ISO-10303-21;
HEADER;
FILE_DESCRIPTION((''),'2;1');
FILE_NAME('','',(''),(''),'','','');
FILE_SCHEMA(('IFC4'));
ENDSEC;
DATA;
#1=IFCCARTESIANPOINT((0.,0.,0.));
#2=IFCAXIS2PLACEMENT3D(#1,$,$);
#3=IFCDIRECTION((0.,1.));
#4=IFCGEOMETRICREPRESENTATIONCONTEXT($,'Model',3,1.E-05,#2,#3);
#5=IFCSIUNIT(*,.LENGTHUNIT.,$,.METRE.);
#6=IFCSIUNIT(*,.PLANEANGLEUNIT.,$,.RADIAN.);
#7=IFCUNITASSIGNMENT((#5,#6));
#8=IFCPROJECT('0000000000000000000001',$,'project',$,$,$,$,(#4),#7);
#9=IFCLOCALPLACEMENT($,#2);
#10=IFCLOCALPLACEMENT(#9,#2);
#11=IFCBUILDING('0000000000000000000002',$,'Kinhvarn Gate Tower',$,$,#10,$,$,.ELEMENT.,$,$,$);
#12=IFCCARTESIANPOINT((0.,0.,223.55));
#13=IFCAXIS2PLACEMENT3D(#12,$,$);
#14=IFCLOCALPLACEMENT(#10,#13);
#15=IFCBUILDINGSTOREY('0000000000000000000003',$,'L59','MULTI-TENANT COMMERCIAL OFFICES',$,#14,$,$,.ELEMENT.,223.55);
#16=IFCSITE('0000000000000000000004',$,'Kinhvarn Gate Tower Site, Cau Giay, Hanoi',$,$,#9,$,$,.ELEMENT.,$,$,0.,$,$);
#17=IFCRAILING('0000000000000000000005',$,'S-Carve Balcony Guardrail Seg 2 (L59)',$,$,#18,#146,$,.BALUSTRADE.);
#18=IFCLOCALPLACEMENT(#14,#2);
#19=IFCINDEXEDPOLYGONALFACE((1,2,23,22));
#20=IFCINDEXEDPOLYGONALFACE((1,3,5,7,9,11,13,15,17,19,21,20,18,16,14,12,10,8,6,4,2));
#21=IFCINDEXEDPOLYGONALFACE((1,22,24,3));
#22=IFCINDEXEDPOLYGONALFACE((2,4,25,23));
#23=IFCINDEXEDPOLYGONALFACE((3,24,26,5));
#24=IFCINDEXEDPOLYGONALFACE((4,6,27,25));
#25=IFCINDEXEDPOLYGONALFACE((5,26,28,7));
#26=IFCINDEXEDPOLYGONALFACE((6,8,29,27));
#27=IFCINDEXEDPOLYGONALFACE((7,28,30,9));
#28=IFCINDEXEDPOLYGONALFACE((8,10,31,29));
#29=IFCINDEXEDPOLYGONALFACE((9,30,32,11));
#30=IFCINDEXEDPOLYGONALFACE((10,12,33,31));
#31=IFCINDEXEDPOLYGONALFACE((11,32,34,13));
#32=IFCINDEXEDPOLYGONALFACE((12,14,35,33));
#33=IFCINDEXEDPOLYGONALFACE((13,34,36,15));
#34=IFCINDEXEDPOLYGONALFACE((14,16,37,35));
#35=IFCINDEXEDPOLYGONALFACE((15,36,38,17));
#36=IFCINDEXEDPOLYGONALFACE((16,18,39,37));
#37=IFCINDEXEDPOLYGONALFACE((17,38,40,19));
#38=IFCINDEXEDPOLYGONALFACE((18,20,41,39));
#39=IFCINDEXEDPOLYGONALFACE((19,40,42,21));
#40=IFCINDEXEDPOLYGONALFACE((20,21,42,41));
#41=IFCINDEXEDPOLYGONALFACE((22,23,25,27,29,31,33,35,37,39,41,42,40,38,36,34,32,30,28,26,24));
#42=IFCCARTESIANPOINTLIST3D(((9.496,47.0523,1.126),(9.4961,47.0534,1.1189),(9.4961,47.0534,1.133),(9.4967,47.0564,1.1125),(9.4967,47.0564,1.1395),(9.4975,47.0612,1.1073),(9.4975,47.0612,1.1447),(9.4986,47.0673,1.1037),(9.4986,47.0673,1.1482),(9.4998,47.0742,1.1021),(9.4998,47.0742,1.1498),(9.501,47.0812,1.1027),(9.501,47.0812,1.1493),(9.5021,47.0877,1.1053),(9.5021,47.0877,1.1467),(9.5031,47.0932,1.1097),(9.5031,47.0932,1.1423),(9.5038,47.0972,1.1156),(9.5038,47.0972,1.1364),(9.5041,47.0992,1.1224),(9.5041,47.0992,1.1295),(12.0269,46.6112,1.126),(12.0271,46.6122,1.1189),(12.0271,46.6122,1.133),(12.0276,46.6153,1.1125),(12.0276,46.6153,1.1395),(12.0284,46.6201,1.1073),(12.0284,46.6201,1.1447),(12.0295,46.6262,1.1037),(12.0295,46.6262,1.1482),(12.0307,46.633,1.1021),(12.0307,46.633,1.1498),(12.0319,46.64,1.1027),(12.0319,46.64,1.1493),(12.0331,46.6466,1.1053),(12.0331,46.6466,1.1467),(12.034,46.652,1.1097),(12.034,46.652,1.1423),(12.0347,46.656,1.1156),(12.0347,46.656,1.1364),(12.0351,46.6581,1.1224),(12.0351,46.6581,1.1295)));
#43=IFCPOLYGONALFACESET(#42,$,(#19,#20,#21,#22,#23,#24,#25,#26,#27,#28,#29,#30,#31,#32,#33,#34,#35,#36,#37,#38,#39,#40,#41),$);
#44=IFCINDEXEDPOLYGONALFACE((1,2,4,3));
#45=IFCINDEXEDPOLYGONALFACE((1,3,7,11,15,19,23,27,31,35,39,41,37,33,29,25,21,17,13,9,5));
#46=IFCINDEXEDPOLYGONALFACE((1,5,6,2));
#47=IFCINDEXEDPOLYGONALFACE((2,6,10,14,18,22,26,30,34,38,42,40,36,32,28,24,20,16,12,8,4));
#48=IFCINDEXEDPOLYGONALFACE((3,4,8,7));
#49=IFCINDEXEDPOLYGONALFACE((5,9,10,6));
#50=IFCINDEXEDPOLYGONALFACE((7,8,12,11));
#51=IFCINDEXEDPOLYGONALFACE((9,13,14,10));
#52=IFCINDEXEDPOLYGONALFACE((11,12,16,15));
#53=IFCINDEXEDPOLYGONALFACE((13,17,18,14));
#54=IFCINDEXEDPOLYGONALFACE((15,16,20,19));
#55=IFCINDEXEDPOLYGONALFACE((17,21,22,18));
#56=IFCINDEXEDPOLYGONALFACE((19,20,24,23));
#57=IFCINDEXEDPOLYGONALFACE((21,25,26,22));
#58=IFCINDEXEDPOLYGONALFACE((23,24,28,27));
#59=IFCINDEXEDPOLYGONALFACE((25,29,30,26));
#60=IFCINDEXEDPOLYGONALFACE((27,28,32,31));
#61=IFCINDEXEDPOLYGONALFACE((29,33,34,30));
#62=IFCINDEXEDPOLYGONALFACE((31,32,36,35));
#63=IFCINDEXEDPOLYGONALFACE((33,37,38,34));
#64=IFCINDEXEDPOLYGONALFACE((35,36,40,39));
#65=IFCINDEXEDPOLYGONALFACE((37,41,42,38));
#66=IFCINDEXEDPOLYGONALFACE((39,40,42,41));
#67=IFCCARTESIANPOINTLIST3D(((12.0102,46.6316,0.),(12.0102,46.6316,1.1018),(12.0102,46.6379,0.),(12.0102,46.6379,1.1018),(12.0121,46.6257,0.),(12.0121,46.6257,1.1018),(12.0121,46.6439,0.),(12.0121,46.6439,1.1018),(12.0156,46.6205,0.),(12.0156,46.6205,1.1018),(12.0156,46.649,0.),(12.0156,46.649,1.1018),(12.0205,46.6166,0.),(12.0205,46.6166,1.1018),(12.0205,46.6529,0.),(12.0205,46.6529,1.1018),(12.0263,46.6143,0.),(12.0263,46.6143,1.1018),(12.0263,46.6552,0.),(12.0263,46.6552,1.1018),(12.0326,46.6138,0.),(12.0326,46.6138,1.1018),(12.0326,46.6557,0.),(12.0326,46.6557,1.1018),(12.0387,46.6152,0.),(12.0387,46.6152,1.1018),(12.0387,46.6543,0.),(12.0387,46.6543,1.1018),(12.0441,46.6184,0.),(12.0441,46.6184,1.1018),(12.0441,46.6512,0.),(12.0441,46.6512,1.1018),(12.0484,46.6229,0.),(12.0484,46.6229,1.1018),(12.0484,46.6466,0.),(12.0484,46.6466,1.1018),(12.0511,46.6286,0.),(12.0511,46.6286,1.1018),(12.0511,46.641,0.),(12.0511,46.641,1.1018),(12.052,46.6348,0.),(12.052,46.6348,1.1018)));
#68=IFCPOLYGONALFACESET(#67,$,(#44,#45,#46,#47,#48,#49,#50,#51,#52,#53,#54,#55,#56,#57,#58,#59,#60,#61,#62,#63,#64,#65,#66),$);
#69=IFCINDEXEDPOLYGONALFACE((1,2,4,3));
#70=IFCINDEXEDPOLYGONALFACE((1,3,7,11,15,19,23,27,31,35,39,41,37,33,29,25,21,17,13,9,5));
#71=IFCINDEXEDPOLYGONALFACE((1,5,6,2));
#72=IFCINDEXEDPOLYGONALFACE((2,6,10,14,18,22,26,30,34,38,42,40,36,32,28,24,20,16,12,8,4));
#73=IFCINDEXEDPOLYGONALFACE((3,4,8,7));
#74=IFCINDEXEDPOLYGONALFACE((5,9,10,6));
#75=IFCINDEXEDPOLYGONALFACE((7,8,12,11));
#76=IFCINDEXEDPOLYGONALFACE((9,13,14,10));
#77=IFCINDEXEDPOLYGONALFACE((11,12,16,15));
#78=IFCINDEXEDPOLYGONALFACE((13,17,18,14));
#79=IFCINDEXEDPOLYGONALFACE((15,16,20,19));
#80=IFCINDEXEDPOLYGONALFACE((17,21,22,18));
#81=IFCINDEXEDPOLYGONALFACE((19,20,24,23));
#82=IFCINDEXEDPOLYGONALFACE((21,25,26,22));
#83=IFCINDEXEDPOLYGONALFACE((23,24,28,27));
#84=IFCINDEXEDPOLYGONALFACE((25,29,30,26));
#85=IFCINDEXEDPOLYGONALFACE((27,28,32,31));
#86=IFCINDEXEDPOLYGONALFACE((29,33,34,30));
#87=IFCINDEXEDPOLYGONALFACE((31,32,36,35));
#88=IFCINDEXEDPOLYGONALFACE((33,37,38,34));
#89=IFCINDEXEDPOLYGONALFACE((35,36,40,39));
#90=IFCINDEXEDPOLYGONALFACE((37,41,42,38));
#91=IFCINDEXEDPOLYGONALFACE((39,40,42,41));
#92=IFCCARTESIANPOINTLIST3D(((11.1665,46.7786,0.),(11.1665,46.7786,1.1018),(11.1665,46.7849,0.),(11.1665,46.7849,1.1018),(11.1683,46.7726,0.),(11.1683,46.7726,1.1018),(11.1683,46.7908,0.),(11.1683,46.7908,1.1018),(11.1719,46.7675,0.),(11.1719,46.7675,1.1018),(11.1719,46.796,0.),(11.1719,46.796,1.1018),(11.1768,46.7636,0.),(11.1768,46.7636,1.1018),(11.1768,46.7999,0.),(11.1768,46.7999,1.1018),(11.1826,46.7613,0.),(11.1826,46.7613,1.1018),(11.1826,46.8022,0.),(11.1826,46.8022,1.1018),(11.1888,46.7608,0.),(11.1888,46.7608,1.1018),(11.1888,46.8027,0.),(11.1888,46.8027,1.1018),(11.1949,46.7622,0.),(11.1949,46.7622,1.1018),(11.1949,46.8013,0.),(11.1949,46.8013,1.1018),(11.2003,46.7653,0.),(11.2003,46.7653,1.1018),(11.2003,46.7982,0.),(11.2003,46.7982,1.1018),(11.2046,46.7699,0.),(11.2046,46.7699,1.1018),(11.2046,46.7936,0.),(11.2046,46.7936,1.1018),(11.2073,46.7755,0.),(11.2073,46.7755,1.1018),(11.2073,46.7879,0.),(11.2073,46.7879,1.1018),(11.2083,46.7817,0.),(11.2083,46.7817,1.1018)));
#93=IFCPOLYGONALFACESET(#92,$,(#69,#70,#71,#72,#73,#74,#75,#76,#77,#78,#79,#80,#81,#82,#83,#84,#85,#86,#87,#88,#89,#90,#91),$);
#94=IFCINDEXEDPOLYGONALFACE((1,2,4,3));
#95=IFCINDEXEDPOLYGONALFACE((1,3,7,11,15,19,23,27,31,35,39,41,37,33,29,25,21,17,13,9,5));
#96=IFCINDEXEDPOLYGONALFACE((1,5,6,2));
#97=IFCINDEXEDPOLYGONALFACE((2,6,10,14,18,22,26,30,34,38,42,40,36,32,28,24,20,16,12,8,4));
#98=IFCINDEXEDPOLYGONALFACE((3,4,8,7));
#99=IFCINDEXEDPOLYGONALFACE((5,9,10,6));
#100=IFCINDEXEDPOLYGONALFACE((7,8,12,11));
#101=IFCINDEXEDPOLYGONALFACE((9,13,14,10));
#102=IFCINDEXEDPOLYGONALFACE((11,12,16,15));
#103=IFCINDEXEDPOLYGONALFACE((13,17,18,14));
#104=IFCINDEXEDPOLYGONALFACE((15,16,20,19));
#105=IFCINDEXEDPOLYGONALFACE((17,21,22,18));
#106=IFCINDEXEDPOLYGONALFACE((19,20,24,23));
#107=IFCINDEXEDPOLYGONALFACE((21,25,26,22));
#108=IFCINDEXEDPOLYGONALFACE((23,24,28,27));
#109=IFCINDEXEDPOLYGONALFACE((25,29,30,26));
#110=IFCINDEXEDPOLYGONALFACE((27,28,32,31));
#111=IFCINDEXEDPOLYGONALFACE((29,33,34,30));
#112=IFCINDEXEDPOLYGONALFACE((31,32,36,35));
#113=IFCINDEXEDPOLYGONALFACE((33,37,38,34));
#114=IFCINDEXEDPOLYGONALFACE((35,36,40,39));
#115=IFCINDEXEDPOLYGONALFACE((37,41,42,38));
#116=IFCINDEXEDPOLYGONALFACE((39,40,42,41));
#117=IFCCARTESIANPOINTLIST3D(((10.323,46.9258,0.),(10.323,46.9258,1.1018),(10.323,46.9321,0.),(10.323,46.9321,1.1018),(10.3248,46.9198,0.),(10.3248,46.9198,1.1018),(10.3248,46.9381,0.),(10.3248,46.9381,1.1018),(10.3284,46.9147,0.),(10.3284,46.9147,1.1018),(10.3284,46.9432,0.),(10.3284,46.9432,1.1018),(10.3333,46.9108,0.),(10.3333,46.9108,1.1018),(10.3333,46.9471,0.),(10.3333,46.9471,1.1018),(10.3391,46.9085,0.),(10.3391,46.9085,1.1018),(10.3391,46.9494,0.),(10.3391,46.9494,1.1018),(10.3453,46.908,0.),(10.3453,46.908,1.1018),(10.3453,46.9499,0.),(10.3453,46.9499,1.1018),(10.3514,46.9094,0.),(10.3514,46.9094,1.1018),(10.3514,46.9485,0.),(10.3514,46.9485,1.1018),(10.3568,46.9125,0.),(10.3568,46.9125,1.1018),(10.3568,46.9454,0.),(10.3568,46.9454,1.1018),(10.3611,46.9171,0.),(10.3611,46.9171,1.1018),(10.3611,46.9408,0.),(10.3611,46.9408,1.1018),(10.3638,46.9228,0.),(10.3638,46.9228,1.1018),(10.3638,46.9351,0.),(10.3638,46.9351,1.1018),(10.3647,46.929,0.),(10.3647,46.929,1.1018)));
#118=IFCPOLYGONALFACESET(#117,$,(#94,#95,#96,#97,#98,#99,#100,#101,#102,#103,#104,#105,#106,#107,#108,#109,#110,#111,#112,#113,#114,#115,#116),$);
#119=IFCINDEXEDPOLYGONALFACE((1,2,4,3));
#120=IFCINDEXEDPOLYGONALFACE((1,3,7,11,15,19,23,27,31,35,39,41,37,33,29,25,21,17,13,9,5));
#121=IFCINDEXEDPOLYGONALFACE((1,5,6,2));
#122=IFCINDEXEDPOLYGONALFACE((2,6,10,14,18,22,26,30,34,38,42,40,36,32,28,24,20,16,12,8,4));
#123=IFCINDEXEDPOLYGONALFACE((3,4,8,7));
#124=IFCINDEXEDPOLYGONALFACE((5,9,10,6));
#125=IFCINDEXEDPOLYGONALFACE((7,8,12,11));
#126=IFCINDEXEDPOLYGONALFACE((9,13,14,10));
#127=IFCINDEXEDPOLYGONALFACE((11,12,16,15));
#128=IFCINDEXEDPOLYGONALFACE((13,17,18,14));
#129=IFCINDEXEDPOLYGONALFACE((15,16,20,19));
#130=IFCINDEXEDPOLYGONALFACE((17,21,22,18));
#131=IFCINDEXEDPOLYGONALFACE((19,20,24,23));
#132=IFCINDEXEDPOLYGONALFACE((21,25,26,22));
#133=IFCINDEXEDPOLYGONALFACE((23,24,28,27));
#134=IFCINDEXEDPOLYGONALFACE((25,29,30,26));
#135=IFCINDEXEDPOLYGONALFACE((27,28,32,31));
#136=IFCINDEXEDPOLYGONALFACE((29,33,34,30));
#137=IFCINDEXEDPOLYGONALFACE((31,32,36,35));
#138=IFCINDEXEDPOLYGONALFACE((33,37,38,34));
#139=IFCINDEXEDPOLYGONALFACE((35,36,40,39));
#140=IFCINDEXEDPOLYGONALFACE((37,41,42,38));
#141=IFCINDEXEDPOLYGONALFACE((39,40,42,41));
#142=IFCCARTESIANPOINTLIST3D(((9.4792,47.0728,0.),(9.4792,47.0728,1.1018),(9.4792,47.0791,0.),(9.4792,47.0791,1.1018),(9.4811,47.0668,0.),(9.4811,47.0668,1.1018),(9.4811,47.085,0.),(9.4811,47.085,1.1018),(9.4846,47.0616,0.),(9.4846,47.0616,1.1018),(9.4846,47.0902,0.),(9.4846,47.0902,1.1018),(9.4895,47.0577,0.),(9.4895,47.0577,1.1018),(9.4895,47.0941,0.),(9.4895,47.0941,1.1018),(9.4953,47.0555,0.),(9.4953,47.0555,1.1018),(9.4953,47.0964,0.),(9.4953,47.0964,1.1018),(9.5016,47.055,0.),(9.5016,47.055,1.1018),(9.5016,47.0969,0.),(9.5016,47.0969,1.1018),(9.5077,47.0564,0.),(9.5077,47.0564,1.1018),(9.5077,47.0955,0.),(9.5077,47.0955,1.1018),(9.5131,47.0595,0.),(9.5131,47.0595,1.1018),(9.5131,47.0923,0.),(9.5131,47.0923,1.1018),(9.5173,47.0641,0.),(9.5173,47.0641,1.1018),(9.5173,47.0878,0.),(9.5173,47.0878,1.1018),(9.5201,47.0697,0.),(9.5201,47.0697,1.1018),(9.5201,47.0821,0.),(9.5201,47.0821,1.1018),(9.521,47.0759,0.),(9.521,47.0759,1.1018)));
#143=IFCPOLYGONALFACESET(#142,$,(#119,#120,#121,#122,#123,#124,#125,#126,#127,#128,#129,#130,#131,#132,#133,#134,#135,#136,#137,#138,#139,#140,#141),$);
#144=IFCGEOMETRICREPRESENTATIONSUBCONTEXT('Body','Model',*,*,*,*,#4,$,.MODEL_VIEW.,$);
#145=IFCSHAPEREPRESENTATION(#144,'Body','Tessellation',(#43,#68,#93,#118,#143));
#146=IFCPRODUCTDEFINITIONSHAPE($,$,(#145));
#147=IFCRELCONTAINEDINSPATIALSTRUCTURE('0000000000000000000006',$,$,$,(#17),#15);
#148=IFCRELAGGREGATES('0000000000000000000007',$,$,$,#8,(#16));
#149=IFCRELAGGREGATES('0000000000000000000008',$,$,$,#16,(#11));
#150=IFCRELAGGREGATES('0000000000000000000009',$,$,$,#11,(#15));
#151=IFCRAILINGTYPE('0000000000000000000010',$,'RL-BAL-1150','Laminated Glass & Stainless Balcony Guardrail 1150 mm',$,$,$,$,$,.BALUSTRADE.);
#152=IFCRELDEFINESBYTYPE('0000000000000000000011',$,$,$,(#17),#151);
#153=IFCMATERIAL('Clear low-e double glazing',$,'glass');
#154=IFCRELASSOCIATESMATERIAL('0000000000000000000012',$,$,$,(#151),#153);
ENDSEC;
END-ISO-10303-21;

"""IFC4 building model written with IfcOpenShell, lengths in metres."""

from ifc_helpers import new_model, si_unit, direction, frame, origin, origin_2d, place, context, subcontext, project, spatial, circle, extrude, material, type_object, element, save


model = new_model("IFC4")

# Units and contexts
model_context = context("Model", 3, precision=1e-05, world=origin(), true_north=direction((0.0, 1.0)))
body_context = subcontext(model_context, "Body", "Model", "MODEL_VIEW")
ifc_project = project(units=[si_unit("LENGTHUNIT", "METRE"), si_unit("PLANEANGLEUNIT", "RADIAN")], contexts=[model_context])

# Site, building, storey
site_placement = place(None, origin())
site = spatial("IfcSite", under=ifc_project, at=site_placement, Name="Kinhvarn Gate Tower Site, Cau Giay, Hanoi", CompositionType="ELEMENT", RefElevation=0.0)
building_placement = place(site_placement, origin())
building = spatial("IfcBuilding", under=site, at=building_placement, Name="Kinhvarn Gate Tower", CompositionType="ELEMENT")
storey_placement = place(building_placement, frame((0.0, 0.0, 223.55)))
storey = spatial("IfcBuildingStorey", under=building, at=storey_placement, Name="L59", Description="MULTI-TENANT COMMERCIAL OFFICES", CompositionType="ELEMENT", Elevation=223.55)

# Shared definitions
ifc_material_1 = material(Name="Clear low-e double glazing", Category="glass")

# Railing
railing_type_1 = type_object("IfcRailingType", Name="RL-BAL-1150", Description="Laminated Glass & Stainless Balcony Guardrail 1150 mm", PredefinedType="BALUSTRADE", material=ifc_material_1)
railing_1_placement = place(storey_placement, frame((12.031, 46.6348, 0.0)))
element("IfcRailing", 1, at=railing_1_placement, inside=storey, type_object=railing_type_1, Name="S-Carve Balcony Guardrail Seg 2 (L59)", PredefinedType="BALUSTRADE", context=body_context, shape_type="SweptSolid", body=[
    extrude(circle(Radius=0.0239, at=origin_2d()), frame((0.0, 0.0, 1.126), z_axis=(-0.985147, 0.171714, 0.0), x_axis=(-0.171714, -0.985147, 0.0)), (0.0, 0.0, 1.0), 2.5691),
    extrude(circle(Radius=0.021, at=origin_2d()), origin(), (0.0, 0.0, 1.0), 1.1018),
    extrude(circle(Radius=0.021, at=origin_2d()), frame((-0.8438, 0.147, 0.0)), (0.0, 0.0, 1.0), 1.1018),
    extrude(circle(Radius=0.021, at=origin_2d()), frame((-1.6873, 0.2942, 0.0)), (0.0, 0.0, 1.0), 1.1018),
    extrude(circle(Radius=0.021, at=origin_2d()), frame((-2.531, 0.4412, 0.0)), (0.0, 0.0, 1.0), 1.1018),
])

save(model, "model.ifc")
